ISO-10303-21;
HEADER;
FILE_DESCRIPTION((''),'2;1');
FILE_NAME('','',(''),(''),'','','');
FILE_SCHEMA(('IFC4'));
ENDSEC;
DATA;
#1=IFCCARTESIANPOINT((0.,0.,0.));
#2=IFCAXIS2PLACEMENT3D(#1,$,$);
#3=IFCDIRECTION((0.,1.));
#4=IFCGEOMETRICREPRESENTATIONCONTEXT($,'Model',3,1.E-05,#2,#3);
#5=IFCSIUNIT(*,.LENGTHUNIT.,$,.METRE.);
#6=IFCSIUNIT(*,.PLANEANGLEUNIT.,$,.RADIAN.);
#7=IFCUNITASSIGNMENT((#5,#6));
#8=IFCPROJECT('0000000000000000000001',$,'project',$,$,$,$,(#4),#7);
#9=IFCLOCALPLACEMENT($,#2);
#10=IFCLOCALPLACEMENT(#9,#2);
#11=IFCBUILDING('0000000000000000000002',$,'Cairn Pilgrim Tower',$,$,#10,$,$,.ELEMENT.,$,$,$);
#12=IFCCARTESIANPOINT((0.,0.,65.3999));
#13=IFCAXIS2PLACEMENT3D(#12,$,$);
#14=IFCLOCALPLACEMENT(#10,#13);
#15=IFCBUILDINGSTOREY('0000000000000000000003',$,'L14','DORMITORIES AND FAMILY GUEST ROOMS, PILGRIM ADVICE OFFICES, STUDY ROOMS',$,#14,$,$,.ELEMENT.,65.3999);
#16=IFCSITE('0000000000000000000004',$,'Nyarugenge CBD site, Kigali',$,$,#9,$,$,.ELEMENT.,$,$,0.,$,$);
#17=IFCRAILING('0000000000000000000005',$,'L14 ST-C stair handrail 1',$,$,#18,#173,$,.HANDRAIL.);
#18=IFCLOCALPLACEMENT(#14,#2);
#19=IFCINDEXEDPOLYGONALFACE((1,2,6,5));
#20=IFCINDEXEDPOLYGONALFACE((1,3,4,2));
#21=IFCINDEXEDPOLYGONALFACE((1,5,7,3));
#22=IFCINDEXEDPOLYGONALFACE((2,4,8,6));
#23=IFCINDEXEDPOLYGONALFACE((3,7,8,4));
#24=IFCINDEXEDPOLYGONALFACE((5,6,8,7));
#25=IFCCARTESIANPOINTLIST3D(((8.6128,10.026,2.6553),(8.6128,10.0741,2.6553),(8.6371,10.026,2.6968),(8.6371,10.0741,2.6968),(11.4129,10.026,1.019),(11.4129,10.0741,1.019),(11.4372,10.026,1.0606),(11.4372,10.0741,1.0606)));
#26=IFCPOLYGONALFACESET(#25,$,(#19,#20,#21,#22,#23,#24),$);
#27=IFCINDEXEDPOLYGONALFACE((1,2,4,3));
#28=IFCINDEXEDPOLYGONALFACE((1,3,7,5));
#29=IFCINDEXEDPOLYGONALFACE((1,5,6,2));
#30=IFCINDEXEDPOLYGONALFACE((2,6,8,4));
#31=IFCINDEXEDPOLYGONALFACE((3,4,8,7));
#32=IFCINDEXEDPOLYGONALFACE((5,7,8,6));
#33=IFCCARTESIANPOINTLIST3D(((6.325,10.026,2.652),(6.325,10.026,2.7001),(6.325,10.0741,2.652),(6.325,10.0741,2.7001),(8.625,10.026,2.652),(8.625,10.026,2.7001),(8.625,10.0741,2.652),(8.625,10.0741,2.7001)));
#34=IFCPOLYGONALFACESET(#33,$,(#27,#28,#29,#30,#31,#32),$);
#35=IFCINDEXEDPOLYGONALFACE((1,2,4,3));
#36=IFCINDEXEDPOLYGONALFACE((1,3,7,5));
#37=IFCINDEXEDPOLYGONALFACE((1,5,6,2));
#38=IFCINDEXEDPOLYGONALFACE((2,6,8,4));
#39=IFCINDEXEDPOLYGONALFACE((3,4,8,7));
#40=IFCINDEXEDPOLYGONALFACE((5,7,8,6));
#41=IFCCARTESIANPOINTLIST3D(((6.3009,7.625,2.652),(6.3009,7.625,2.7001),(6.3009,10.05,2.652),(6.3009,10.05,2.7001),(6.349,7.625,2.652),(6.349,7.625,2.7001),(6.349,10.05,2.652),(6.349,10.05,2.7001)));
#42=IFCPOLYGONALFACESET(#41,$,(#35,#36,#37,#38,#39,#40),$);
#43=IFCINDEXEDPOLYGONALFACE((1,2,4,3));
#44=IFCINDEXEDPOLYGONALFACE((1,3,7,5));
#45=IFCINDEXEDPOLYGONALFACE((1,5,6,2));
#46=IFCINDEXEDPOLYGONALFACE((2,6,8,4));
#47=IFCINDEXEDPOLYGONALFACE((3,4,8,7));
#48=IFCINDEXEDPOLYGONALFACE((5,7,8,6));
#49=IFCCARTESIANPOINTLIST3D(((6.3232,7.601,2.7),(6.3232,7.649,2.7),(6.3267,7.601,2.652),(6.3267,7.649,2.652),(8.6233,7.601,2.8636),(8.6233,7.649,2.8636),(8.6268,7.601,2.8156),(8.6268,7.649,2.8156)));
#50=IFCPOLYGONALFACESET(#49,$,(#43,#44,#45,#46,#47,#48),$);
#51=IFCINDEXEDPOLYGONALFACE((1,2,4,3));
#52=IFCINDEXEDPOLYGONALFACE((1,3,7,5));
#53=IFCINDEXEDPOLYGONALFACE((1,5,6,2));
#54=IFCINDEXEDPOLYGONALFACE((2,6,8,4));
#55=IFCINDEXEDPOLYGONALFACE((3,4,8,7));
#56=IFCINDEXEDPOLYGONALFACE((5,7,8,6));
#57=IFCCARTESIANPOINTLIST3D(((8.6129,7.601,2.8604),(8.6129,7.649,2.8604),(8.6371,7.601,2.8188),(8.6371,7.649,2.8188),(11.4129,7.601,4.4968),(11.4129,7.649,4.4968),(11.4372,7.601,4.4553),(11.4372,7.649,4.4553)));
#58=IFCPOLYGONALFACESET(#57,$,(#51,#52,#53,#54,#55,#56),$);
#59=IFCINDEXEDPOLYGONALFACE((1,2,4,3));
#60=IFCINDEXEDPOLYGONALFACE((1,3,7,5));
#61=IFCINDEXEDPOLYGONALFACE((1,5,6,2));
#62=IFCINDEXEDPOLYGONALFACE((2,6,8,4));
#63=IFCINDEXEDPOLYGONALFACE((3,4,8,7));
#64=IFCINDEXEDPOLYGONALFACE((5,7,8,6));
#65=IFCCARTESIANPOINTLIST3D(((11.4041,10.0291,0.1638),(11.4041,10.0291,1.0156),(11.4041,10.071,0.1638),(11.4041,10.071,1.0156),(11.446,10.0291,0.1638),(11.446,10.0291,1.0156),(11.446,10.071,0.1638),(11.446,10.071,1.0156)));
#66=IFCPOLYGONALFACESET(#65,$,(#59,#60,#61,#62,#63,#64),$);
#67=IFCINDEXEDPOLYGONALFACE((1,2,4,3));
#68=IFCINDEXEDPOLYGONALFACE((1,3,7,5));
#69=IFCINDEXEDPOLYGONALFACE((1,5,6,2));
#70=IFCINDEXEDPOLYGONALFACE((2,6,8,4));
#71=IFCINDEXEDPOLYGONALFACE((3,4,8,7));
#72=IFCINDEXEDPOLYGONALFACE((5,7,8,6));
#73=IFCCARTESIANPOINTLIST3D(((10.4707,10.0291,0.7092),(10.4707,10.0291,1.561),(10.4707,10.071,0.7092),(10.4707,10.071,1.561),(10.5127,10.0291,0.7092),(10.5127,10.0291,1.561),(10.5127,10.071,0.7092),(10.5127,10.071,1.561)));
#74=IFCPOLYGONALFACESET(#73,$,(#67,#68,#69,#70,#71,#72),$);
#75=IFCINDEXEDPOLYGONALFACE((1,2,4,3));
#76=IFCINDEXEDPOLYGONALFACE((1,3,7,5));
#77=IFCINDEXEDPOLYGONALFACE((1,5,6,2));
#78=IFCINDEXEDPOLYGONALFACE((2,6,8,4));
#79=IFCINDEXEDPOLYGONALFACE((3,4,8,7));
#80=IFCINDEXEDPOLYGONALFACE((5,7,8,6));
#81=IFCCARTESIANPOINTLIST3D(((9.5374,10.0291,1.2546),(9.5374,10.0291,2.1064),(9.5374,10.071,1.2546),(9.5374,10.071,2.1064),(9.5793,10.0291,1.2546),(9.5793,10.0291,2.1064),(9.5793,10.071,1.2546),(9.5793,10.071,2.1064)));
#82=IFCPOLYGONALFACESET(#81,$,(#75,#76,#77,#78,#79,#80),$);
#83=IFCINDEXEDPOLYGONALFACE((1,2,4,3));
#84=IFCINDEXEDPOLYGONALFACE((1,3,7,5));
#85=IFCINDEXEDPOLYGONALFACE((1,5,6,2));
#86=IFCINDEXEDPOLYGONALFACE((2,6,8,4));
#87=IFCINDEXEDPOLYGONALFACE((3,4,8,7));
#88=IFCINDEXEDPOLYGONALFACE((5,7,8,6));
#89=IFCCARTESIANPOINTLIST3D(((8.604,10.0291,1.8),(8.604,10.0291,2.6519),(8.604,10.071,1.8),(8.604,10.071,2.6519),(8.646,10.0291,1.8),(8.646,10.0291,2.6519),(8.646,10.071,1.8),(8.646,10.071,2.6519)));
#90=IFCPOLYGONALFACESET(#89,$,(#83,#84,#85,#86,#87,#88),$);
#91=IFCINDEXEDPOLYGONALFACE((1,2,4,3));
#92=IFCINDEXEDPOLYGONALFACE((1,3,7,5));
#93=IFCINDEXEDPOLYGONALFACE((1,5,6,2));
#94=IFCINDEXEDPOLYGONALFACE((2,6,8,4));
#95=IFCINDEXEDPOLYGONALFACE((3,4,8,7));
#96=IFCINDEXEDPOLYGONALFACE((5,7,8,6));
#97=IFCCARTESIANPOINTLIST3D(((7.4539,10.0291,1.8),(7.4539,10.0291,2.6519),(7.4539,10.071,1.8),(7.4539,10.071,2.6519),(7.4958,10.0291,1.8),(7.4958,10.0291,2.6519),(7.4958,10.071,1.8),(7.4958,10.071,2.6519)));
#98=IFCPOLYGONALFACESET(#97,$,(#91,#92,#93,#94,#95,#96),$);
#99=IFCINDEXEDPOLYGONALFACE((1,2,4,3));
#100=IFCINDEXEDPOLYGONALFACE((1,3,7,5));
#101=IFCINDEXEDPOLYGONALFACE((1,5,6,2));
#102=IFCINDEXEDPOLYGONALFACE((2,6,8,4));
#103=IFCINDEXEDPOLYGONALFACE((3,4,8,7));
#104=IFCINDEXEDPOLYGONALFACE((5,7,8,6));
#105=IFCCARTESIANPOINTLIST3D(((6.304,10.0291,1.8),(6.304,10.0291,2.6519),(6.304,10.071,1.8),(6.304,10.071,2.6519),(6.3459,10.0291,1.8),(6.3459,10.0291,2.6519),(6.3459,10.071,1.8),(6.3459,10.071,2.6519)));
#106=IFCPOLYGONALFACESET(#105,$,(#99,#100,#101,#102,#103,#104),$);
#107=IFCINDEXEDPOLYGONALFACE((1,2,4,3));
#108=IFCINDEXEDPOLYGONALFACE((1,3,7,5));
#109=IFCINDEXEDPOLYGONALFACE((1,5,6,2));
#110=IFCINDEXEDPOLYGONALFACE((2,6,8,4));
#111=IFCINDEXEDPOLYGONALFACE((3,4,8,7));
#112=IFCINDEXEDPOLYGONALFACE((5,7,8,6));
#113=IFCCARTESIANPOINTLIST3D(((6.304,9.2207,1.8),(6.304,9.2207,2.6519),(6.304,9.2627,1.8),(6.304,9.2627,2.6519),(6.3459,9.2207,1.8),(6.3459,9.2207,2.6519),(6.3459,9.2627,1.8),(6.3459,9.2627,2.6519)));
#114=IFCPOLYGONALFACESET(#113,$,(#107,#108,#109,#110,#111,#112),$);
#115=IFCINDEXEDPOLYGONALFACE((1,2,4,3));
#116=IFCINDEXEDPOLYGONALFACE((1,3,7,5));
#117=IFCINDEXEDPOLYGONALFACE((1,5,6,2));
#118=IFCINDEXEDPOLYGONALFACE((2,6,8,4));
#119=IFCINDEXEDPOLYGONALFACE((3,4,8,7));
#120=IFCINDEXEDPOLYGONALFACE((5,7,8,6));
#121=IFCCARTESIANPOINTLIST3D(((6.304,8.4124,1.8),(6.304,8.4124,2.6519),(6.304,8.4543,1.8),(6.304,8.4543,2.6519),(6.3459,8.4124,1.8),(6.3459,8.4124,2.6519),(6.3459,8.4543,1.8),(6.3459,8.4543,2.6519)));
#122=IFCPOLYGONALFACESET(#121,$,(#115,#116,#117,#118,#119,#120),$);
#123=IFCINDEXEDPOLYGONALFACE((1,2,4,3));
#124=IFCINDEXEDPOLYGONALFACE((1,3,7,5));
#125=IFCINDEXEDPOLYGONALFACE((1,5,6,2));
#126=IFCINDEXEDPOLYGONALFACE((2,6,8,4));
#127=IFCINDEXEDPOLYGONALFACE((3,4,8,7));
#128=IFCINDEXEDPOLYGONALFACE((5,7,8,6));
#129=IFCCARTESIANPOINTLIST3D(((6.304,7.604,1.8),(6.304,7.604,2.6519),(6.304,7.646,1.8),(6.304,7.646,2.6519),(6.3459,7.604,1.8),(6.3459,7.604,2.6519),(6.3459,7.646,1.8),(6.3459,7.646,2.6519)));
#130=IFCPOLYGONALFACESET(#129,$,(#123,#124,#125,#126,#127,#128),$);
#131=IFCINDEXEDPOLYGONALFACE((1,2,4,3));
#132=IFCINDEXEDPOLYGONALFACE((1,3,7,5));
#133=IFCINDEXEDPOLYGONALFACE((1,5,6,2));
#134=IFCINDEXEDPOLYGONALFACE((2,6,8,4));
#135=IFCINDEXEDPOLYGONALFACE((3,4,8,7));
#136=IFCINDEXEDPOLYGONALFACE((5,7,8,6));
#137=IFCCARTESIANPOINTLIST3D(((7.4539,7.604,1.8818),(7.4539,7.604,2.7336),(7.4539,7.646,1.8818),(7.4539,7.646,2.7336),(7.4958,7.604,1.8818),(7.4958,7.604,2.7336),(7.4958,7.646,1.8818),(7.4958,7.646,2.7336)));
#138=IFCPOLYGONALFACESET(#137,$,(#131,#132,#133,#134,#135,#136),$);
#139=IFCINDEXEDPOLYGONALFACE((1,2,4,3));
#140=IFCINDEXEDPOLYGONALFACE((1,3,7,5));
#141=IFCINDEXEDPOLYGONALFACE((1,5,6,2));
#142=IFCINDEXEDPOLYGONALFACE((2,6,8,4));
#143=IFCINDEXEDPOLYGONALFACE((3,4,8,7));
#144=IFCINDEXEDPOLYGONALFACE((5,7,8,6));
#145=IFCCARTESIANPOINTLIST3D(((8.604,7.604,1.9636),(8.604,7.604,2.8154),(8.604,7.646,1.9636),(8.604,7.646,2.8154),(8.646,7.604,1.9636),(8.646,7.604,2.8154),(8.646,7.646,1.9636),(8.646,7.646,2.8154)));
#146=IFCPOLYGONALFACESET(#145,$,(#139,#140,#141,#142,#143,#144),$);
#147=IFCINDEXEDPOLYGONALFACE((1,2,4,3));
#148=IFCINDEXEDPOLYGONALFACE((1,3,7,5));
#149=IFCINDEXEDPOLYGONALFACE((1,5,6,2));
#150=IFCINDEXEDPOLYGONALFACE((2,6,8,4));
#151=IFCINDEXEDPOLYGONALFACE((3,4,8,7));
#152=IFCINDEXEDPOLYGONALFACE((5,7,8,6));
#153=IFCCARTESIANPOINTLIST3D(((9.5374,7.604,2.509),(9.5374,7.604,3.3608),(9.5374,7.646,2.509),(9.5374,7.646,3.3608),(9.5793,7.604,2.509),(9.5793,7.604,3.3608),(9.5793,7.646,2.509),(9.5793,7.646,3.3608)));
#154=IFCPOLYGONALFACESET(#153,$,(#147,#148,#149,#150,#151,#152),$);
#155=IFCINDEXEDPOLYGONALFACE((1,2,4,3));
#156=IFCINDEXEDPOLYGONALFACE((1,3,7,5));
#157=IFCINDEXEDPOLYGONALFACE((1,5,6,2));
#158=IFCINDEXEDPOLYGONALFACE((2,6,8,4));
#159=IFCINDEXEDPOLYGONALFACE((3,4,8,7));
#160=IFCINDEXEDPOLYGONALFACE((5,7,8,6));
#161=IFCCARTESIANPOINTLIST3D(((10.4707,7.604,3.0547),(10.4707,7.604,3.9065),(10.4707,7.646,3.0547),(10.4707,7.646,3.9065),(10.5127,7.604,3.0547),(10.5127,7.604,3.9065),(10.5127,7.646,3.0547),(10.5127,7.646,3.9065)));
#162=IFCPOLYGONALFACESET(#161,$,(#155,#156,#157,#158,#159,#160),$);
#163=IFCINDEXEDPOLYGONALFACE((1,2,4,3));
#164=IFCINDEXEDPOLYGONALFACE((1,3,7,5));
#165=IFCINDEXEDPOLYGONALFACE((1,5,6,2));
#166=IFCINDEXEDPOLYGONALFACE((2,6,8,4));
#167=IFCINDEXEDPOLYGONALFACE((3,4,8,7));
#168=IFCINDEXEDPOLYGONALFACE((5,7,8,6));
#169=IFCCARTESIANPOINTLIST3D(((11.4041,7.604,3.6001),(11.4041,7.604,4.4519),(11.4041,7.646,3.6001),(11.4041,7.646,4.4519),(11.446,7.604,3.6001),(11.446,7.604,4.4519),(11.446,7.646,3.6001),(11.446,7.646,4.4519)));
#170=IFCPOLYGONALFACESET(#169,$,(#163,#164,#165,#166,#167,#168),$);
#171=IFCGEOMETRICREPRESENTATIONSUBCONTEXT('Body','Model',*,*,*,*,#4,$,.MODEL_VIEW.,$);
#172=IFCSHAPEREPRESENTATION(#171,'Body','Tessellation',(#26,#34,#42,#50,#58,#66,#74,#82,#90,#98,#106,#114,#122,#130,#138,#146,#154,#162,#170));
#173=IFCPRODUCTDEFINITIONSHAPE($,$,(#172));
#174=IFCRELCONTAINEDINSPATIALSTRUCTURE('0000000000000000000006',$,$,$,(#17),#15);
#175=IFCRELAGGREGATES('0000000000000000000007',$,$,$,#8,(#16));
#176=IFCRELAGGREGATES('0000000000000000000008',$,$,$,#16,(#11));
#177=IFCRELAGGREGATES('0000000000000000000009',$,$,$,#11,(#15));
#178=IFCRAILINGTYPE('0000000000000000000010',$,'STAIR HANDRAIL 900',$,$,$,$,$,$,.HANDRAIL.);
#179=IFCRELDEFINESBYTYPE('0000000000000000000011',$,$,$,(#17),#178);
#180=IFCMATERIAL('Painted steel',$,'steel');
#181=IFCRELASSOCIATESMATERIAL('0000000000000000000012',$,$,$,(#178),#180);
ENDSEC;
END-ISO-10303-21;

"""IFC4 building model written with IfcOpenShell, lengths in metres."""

from ifc_helpers import new_model, si_unit, direction, frame, origin, origin_2d, place, context, subcontext, project, spatial, rectangle, extrude, material, type_object, element, save


model = new_model("IFC4")

# Units and contexts
model_context = context("Model", 3, precision=1e-05, world=origin(), true_north=direction((0.0, 1.0)))
body_context = subcontext(model_context, "Body", "Model", "MODEL_VIEW")
ifc_project = project(units=[si_unit("LENGTHUNIT", "METRE"), si_unit("PLANEANGLEUNIT", "RADIAN")], contexts=[model_context])

# Site, building, storey
site_placement = place(None, origin())
site = spatial("IfcSite", under=ifc_project, at=site_placement, Name="Nyarugenge CBD site, Kigali", CompositionType="ELEMENT", RefElevation=0.0)
building_placement = place(site_placement, origin())
building = spatial("IfcBuilding", under=site, at=building_placement, Name="Cairn Pilgrim Tower", CompositionType="ELEMENT")
storey_placement = place(building_placement, frame((0.0, 0.0, 65.3999)))
storey = spatial("IfcBuildingStorey", under=building, at=storey_placement, Name="L14", Description="DORMITORIES AND FAMILY GUEST ROOMS, PILGRIM ADVICE OFFICES, STUDY ROOMS", CompositionType="ELEMENT", Elevation=65.3999)

# Shared definitions
ifc_material_1 = material(Name="Painted steel", Category="steel")

# Railing
railing_type_1 = type_object("IfcRailingType", Name="STAIR HANDRAIL 900", PredefinedType="HANDRAIL", material=ifc_material_1)
railing_1_placement = place(storey_placement, frame((11.425, 10.05, 0.1638)))
element("IfcRailing", 1, at=railing_1_placement, inside=storey, type_object=railing_type_1, Name="L14 ST-C stair handrail 1", PredefinedType="HANDRAIL", context=body_context, shape_type="SweptSolid", body=[
    extrude(rectangle(XDim=0.0481, YDim=0.0481, at=origin_2d()), frame((0.0, 0.0, 0.876), z_axis=(-0.863394, 0.0, 0.504531), x_axis=(0.0, -1.0, 0.0)), (0.0, 0.0, 1.0), 3.2432),
    extrude(rectangle(XDim=0.0481, YDim=0.0481, at=origin_2d()), frame((-2.8, 0.0, 2.5122), z_axis=(-1.0, 0.0, 0.0), x_axis=(0.0, -1.0, 0.0)), (0.0, 0.0, 1.0), 2.3),
    extrude(rectangle(XDim=0.0481, YDim=0.0481, at=origin_2d()), frame((-5.1001, 0.0, 2.5122), z_axis=(0.0, -1.0, 0.0), x_axis=(1.0, 0.0, 0.0)), (0.0, 0.0, 1.0), 2.425),
    extrude(rectangle(XDim=0.0481, YDim=0.0481, at=origin_2d()), frame((-5.1001, -2.425, 2.5122), z_axis=(0.997481, 0.0, 0.070939), x_axis=(0.0, 1.0, 0.0)), (0.0, 0.0, 1.0), 2.3059),
    extrude(rectangle(XDim=0.0481, YDim=0.0481, at=origin_2d()), frame((-2.8, -2.425, 2.6758), z_axis=(0.863361, 0.0, 0.504587), x_axis=(0.0, 1.0, 0.0)), (0.0, 0.0, 1.0), 3.2432),
    extrude(rectangle(XDim=0.042, YDim=0.042, at=origin_2d()), origin(), (0.0, 0.0, 1.0), 0.8518),
    extrude(rectangle(XDim=0.042, YDim=0.042, at=origin_2d()), frame((-0.9333, 0.0, 0.5454)), (0.0, 0.0, 1.0), 0.8518),
    extrude(rectangle(XDim=0.042, YDim=0.042, at=origin_2d()), frame((-1.8667, 0.0, 1.0908)), (0.0, 0.0, 1.0), 0.8518),
    extrude(rectangle(XDim=0.042, YDim=0.042, at=origin_2d()), frame((-2.8, 0.0, 1.6362)), (0.0, 0.0, 1.0), 0.8518),
    extrude(rectangle(XDim=0.042, YDim=0.042, at=origin_2d()), frame((-3.9502, 0.0, 1.6362)), (0.0, 0.0, 1.0), 0.8518),
    extrude(rectangle(XDim=0.042, YDim=0.042, at=origin_2d()), frame((-5.1001, 0.0, 1.6362)), (0.0, 0.0, 1.0), 0.8518),
    extrude(rectangle(XDim=0.042, YDim=0.042, at=origin_2d()), frame((-5.1001, -0.8083, 1.6362)), (0.0, 0.0, 1.0), 0.8518),
    extrude(rectangle(XDim=0.042, YDim=0.042, at=origin_2d()), frame((-5.1001, -1.6167, 1.6362)), (0.0, 0.0, 1.0), 0.8518),
    extrude(rectangle(XDim=0.042, YDim=0.042, at=origin_2d()), frame((-5.1001, -2.425, 1.6362)), (0.0, 0.0, 1.0), 0.8518),
    extrude(rectangle(XDim=0.042, YDim=0.042, at=origin_2d()), frame((-3.9502, -2.425, 1.718)), (0.0, 0.0, 1.0), 0.8518),
    extrude(rectangle(XDim=0.042, YDim=0.042, at=origin_2d()), frame((-2.8, -2.425, 1.7998)), (0.0, 0.0, 1.0), 0.8518),
    extrude(rectangle(XDim=0.042, YDim=0.042, at=origin_2d()), frame((-1.8667, -2.425, 2.3452)), (0.0, 0.0, 1.0), 0.8518),
    extrude(rectangle(XDim=0.042, YDim=0.042, at=origin_2d()), frame((-0.9333, -2.425, 2.8909)), (0.0, 0.0, 1.0), 0.8518),
    extrude(rectangle(XDim=0.042, YDim=0.042, at=origin_2d()), frame((0.0, -2.425, 3.4363)), (0.0, 0.0, 1.0), 0.8518),
])

save(model, "model.ifc")
